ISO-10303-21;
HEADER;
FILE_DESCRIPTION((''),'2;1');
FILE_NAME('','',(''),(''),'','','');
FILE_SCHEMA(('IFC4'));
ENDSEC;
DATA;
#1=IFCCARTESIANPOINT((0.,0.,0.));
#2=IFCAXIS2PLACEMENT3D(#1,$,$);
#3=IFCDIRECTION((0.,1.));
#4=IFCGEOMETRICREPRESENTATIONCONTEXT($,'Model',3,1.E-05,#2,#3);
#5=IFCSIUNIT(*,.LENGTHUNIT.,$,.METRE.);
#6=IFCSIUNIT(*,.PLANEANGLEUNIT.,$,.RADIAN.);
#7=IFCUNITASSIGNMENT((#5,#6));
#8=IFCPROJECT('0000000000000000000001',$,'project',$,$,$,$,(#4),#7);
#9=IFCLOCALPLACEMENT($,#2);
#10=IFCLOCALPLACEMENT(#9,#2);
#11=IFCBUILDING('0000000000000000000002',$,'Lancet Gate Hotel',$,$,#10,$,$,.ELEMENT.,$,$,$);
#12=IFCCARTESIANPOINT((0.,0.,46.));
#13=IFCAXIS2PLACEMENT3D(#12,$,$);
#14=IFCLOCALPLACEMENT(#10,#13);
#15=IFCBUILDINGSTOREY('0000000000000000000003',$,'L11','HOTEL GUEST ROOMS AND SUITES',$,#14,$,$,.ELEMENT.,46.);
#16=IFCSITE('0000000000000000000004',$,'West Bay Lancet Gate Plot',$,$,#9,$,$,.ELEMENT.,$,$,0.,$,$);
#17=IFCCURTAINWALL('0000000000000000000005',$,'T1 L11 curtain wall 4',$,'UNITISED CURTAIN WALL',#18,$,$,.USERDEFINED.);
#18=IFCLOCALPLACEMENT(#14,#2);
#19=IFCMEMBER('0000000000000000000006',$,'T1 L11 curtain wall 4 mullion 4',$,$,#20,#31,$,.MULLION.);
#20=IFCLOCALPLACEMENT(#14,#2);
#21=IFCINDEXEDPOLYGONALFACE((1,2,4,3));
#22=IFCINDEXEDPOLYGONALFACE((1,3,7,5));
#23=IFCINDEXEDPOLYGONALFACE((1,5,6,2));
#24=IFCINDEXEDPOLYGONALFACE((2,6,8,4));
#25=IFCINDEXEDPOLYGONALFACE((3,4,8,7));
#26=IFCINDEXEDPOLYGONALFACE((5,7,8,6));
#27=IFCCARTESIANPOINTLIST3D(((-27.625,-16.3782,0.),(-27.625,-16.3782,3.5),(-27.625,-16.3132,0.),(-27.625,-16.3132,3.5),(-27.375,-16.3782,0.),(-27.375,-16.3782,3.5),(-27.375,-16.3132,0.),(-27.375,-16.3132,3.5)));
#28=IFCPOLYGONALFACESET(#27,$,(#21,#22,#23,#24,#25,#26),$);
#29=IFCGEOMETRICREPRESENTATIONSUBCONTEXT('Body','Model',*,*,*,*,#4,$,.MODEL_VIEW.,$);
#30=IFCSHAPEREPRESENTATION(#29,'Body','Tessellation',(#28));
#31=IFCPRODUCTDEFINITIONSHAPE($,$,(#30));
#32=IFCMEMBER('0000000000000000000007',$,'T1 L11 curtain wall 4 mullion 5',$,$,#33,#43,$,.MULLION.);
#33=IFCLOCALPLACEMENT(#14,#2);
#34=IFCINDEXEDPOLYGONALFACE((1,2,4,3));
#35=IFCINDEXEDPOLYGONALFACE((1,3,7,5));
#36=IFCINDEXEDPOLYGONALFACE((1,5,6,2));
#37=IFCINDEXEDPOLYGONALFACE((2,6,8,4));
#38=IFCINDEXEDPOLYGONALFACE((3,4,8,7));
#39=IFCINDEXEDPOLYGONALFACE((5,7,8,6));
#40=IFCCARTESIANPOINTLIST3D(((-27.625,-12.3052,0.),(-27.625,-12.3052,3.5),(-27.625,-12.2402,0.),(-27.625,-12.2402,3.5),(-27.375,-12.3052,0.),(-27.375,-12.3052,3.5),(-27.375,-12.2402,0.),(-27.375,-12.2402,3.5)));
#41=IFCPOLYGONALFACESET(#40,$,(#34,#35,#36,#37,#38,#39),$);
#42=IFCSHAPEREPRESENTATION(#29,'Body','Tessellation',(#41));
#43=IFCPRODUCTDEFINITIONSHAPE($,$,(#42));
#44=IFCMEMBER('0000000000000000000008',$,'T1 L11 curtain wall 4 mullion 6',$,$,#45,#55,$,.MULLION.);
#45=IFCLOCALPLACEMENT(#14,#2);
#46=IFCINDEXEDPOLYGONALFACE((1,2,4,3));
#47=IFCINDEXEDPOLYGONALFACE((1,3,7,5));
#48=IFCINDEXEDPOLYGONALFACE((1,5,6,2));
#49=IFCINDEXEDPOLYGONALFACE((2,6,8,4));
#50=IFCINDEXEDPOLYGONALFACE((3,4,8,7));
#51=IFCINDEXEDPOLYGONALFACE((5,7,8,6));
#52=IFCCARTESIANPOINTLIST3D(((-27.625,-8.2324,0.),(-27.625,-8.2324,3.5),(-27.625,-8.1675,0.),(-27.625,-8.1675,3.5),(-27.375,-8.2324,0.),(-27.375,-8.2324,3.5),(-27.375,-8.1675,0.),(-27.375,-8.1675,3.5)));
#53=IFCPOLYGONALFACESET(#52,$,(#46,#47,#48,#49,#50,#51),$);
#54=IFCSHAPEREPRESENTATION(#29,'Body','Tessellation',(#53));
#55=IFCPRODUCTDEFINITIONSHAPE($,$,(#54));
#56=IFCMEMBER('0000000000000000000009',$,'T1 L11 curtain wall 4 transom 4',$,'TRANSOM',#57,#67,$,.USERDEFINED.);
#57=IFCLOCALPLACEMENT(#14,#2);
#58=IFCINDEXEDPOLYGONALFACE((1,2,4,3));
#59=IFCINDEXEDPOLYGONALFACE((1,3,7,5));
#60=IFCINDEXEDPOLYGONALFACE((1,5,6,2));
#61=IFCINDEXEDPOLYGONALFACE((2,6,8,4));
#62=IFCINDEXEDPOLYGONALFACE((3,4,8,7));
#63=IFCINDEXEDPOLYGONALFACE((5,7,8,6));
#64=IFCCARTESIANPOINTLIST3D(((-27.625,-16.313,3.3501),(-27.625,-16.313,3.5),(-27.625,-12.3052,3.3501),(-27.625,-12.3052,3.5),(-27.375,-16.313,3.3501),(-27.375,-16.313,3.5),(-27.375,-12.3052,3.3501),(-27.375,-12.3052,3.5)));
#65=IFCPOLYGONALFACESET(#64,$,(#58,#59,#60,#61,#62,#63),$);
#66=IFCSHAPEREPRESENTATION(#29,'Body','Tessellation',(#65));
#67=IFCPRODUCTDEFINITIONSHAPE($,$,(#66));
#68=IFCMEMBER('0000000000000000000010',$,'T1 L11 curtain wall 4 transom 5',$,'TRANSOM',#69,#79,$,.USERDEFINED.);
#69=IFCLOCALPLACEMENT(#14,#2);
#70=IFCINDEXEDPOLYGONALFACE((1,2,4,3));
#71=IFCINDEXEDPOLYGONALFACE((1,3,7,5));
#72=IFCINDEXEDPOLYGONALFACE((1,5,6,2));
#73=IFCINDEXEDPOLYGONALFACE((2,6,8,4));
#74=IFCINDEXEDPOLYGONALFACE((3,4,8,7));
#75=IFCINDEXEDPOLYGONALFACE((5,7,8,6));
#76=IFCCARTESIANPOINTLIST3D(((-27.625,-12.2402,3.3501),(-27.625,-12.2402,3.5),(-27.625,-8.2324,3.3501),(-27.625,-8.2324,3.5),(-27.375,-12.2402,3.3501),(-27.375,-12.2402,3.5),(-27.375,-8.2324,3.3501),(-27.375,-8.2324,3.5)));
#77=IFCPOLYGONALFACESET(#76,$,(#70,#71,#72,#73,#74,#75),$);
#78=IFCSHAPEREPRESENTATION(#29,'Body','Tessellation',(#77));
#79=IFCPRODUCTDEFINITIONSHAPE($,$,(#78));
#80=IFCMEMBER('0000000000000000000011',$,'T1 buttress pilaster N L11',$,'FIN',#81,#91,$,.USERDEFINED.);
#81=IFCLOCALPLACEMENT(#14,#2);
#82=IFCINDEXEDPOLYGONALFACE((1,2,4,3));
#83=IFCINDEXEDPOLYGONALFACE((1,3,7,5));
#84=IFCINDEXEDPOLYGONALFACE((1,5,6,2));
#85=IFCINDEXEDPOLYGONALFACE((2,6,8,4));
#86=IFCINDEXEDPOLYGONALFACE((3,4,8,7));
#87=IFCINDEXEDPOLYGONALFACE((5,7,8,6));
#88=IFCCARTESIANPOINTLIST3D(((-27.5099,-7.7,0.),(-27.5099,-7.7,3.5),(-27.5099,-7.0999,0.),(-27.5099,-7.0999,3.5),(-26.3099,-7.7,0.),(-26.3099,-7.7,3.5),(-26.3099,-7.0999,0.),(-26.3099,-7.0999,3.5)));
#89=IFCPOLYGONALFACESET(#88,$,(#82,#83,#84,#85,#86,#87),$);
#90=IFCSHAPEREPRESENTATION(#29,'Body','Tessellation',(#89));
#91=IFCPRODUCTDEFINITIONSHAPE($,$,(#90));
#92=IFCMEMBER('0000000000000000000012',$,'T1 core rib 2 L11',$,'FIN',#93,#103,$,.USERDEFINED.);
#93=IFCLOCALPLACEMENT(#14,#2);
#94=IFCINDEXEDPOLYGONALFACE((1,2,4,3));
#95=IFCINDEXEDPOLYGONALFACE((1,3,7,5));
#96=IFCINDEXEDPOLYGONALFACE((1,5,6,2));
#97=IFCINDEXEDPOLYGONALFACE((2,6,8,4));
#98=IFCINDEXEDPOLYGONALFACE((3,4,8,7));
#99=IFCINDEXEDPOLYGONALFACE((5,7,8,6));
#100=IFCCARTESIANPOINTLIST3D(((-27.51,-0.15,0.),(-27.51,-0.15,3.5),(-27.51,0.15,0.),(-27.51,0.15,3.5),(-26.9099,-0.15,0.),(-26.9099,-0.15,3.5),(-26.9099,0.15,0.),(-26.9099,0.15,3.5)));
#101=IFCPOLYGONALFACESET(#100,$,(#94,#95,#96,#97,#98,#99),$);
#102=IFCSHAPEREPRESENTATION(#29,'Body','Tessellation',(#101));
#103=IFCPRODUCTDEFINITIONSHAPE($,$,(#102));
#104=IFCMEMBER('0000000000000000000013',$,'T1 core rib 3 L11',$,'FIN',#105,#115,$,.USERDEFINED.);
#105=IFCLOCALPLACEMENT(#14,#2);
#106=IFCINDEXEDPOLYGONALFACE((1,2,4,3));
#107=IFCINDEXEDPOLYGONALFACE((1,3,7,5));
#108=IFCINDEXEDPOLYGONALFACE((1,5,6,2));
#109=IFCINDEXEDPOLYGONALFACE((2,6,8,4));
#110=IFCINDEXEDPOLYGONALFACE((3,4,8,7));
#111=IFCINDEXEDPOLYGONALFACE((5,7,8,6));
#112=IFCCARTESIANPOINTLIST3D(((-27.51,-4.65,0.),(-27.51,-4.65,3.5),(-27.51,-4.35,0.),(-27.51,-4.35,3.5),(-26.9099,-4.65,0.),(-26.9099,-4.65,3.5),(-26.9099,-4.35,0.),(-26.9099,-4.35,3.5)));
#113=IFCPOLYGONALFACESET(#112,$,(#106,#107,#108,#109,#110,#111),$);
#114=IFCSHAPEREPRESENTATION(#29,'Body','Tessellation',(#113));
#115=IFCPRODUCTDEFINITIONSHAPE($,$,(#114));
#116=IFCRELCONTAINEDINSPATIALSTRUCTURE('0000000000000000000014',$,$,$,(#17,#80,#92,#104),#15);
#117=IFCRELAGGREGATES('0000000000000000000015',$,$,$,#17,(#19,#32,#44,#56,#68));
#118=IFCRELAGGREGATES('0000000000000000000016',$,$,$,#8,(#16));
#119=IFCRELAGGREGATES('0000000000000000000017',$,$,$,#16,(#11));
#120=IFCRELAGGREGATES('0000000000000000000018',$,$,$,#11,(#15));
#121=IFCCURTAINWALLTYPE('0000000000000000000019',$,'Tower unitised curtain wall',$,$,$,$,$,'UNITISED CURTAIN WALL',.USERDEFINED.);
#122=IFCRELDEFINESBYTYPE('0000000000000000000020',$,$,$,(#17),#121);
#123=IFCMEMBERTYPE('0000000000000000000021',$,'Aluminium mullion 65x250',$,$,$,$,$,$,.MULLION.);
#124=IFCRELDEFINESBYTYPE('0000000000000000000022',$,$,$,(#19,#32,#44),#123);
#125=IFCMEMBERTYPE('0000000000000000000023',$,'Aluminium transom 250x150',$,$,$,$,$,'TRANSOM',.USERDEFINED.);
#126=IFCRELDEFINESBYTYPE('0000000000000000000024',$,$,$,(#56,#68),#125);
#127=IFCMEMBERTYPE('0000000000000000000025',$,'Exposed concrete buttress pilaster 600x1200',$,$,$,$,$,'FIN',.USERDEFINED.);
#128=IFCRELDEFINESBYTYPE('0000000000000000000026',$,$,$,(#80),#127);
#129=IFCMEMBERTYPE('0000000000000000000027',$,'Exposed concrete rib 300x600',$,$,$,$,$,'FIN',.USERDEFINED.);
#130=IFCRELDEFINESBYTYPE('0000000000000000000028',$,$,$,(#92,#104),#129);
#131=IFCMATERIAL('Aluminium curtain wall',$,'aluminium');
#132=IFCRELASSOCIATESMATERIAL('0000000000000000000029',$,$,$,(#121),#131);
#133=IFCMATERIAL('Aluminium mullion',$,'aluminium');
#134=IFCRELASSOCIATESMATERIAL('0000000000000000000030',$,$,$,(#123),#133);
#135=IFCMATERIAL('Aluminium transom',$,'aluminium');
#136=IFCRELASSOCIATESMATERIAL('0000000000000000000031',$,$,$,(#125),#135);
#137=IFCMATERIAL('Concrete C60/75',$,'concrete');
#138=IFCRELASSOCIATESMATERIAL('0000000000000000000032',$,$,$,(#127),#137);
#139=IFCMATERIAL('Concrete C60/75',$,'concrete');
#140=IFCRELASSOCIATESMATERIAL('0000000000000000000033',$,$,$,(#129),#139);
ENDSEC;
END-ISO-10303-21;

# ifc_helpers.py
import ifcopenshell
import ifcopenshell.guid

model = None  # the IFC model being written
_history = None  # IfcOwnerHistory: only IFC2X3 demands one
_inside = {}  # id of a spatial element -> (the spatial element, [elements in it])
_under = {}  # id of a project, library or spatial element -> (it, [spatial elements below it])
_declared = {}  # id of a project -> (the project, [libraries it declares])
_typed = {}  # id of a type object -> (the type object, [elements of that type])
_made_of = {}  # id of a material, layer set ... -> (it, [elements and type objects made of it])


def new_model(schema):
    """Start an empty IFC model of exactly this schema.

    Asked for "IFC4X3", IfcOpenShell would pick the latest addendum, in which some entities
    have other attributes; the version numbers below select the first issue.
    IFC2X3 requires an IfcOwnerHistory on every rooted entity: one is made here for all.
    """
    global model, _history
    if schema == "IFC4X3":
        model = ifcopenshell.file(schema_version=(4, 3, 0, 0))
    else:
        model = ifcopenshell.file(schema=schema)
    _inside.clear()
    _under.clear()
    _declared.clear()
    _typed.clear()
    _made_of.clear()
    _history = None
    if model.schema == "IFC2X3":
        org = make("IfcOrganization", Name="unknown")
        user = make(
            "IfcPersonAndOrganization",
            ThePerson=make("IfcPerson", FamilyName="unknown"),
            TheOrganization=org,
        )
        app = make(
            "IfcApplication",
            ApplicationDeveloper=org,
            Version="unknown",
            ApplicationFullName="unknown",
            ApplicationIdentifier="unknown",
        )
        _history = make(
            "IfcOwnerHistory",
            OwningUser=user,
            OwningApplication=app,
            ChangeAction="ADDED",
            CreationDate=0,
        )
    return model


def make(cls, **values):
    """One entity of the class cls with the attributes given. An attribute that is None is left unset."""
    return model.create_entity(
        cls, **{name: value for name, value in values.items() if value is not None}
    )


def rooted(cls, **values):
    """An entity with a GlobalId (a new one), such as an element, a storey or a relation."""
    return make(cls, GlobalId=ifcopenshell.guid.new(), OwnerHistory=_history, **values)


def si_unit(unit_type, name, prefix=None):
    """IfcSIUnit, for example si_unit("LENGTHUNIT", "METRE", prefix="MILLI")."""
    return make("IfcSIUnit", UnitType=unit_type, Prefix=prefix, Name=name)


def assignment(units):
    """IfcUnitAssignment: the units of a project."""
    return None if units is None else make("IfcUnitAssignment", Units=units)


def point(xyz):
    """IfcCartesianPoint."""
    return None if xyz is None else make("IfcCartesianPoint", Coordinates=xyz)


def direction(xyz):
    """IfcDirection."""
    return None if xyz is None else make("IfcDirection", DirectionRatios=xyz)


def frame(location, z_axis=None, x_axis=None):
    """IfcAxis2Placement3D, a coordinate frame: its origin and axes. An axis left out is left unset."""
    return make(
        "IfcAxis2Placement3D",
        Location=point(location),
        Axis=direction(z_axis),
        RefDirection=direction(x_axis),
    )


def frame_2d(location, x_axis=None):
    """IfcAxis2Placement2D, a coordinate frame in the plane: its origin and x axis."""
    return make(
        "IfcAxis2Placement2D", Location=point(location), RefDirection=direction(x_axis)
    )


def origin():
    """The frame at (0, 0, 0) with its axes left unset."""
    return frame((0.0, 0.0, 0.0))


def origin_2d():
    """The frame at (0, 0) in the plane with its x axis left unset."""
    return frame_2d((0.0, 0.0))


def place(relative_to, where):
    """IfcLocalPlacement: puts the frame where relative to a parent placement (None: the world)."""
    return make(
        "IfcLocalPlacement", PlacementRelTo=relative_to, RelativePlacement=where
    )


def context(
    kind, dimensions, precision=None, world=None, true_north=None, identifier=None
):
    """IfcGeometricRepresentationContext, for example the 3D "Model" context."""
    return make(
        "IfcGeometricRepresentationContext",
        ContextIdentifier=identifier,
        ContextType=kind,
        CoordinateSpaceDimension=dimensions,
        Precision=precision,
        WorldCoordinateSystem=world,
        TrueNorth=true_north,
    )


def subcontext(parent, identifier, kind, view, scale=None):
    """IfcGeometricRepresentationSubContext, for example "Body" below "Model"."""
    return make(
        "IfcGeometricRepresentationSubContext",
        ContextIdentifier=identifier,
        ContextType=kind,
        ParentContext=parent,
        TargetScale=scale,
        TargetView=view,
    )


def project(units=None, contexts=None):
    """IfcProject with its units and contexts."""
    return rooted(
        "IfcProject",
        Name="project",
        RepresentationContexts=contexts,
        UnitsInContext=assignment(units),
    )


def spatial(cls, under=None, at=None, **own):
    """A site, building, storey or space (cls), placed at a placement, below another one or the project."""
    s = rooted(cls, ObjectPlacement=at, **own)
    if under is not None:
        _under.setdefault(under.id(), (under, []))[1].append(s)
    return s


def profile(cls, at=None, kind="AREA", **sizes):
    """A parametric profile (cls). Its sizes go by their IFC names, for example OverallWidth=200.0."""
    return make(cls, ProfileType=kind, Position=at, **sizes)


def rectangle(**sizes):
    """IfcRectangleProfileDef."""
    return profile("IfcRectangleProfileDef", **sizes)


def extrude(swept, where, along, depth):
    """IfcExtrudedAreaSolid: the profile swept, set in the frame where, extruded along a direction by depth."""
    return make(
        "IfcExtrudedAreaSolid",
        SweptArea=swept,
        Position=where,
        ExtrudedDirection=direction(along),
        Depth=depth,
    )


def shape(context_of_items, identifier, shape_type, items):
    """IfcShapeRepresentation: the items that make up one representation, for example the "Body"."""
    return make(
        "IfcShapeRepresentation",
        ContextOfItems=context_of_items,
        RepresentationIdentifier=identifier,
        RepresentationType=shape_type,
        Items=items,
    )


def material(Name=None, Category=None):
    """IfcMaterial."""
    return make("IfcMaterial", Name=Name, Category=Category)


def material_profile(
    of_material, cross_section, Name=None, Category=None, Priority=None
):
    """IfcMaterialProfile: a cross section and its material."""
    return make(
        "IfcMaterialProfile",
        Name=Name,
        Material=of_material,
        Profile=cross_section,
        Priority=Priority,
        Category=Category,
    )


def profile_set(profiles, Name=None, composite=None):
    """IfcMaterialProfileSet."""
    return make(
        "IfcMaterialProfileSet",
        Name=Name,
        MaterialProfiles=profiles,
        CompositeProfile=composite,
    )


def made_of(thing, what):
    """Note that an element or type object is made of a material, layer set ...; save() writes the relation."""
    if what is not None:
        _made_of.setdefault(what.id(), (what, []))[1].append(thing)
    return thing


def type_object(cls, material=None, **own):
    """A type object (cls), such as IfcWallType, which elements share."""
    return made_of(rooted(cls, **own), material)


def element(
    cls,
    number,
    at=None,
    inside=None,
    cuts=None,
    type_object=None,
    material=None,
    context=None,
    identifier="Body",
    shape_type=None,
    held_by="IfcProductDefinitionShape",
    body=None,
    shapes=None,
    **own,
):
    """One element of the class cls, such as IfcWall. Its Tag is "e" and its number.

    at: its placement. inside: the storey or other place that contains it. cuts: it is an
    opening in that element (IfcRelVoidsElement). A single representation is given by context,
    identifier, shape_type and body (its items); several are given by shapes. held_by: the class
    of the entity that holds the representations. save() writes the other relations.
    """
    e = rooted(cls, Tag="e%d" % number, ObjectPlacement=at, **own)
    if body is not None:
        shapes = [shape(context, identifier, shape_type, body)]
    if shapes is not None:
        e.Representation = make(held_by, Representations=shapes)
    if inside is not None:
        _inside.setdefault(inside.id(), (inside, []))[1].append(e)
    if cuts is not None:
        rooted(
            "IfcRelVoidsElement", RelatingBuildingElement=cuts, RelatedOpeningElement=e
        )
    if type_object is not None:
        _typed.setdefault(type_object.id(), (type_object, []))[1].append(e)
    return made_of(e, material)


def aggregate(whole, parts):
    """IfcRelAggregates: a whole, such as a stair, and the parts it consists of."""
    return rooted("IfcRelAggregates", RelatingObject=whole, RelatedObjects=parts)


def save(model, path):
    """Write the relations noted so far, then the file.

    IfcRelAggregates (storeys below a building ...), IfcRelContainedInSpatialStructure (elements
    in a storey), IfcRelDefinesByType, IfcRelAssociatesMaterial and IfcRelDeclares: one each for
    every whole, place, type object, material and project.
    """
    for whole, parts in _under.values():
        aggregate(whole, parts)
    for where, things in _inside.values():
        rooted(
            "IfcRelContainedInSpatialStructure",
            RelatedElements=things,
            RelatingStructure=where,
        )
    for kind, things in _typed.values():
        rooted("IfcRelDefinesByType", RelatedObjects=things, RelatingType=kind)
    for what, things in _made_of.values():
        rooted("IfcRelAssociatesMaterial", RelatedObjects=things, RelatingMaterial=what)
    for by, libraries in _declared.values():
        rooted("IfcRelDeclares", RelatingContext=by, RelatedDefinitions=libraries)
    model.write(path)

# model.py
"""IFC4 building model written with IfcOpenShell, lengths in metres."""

from ifc_helpers import new_model, si_unit, direction, frame, origin, origin_2d, place, context, subcontext, project, spatial, rectangle, extrude, material, material_profile, profile_set, type_object, element, aggregate, save


model = new_model("IFC4")

# Units and contexts
model_context = context("Model", 3, precision=1e-05, world=origin(), true_north=direction((0.0, 1.0)))
body_context = subcontext(model_context, "Body", "Model", "MODEL_VIEW")
ifc_project = project(units=[si_unit("LENGTHUNIT", "METRE"), si_unit("PLANEANGLEUNIT", "RADIAN")], contexts=[model_context])

# Site, building, storey
site_placement = place(None, origin())
site = spatial("IfcSite", under=ifc_project, at=site_placement, Name="West Bay Lancet Gate Plot", CompositionType="ELEMENT", RefElevation=0.0)
building_placement = place(site_placement, origin())
building = spatial("IfcBuilding", under=site, at=building_placement, Name="Lancet Gate Hotel", CompositionType="ELEMENT")
storey_placement = place(building_placement, frame((0.0, 0.0, 46.0)))
storey = spatial("IfcBuildingStorey", under=building, at=storey_placement, Name="L11", Description="HOTEL GUEST ROOMS AND SUITES", CompositionType="ELEMENT", Elevation=46.0)

# Curtain wall, members
ifc_material_1 = material(Name="Aluminium curtain wall", Category="aluminium")
curtain_wall_type = type_object("IfcCurtainWallType", Name="Tower unitised curtain wall", ElementType="UNITISED CURTAIN WALL", PredefinedType="USERDEFINED", material=ifc_material_1)
curtain_wall_placement = place(storey_placement, origin())
curtain_wall = element("IfcCurtainWall", 1, at=curtain_wall_placement, inside=storey, type_object=curtain_wall_type, Name="T1 L11 curtain wall 4", ObjectType="UNITISED CURTAIN WALL", PredefinedType="USERDEFINED")
ifc_material_2 = material(Name="Aluminium mullion", Category="aluminium")
ifc_material_profile_1 = material_profile(ifc_material_2, rectangle(XDim=0.0649, YDim=0.25, at=origin_2d()), Name="MULLION 65x250")
ifc_profile_set_1 = profile_set([ifc_material_profile_1], Name="Aluminium mullion")
member_type_1 = type_object("IfcMemberType", Name="Aluminium mullion 65x250", PredefinedType="MULLION", material=ifc_profile_set_1)
member_1_placement = place(storey_placement, frame((-27.5, -16.3457, 0.0), z_axis=(0.0, 0.0, 1.0), x_axis=(0.0, 1.0, 0.0)))
member_1 = element("IfcMember", 2, at=member_1_placement, type_object=member_type_1, Name="T1 L11 curtain wall 4 mullion 4", PredefinedType="MULLION", context=body_context, shape_type="SweptSolid", body=[
    extrude(rectangle(XDim=0.0649, YDim=0.25, at=origin_2d()), origin(), (0.0, 0.0, 1.0), 3.5),
])
member_2_placement = place(storey_placement, frame((-27.5, -12.2727, 0.0), z_axis=(0.0, 0.0, 1.0), x_axis=(0.0, 1.0, 0.0)))
member_2 = element("IfcMember", 3, at=member_2_placement, type_object=member_type_1, Name="T1 L11 curtain wall 4 mullion 5", PredefinedType="MULLION", context=body_context, shape_type="SweptSolid", body=[
    extrude(rectangle(XDim=0.0649, YDim=0.25, at=origin_2d()), origin(), (0.0, 0.0, 1.0), 3.5),
])
member_3_placement = place(storey_placement, frame((-27.5, -8.2, 0.0), z_axis=(0.0, 0.0, 1.0), x_axis=(0.0, 1.0, 0.0)))
member_3 = element("IfcMember", 4, at=member_3_placement, type_object=member_type_1, Name="T1 L11 curtain wall 4 mullion 6", PredefinedType="MULLION", context=body_context, shape_type="SweptSolid", body=[
    extrude(rectangle(XDim=0.0649, YDim=0.25, at=origin_2d()), origin(), (0.0, 0.0, 1.0), 3.5),
])
ifc_material_3 = material(Name="Aluminium transom", Category="aluminium")
ifc_material_profile_2 = material_profile(ifc_material_3, rectangle(XDim=0.25, YDim=0.1499, at=origin_2d()), Name="TRANSOM 250x150")
ifc_profile_set_2 = profile_set([ifc_material_profile_2], Name="Aluminium transom")
member_type_2 = type_object("IfcMemberType", Name="Aluminium transom 250x150", ElementType="TRANSOM", PredefinedType="USERDEFINED", material=ifc_profile_set_2)
member_4_placement = place(storey_placement, frame((-27.5, -16.313, 3.425), z_axis=(0.0, 1.0, 0.0), x_axis=(-1.0, 0.0, 0.0)))
member_4 = element("IfcMember", 5, at=member_4_placement, type_object=member_type_2, Name="T1 L11 curtain wall 4 transom 4", ObjectType="TRANSOM", PredefinedType="USERDEFINED", context=body_context, shape_type="SweptSolid", body=[
    extrude(rectangle(XDim=0.25, YDim=0.1499, at=origin_2d()), origin(), (0.0, 0.0, 1.0), 4.0078),
])
member_5_placement = place(storey_placement, frame((-27.5, -12.2402, 3.425), z_axis=(0.0, 1.0, 0.0), x_axis=(-1.0, 0.0, 0.0)))
member_5 = element("IfcMember", 6, at=member_5_placement, type_object=member_type_2, Name="T1 L11 curtain wall 4 transom 5", ObjectType="TRANSOM", PredefinedType="USERDEFINED", context=body_context, shape_type="SweptSolid", body=[
    extrude(rectangle(XDim=0.25, YDim=0.1499, at=origin_2d()), origin(), (0.0, 0.0, 1.0), 4.0078),
])

# Members
ifc_material_4 = material(Name="Concrete C60/75", Category="concrete")
ifc_material_profile_3 = material_profile(ifc_material_4, rectangle(XDim=0.6001, YDim=1.2, at=origin_2d()), Name="FIN 600x1200")
ifc_profile_set_3 = profile_set([ifc_material_profile_3], Name="Concrete C60/75")
member_type_3 = type_object("IfcMemberType", Name="Exposed concrete buttress pilaster 600x1200", ElementType="FIN", PredefinedType="USERDEFINED", material=ifc_profile_set_3)
member_6_placement = place(storey_placement, frame((-26.9099, -7.3999, 0.0), z_axis=(0.0, 0.0, 1.0), x_axis=(0.0, 1.0, 0.0)))
element("IfcMember", 7, at=member_6_placement, inside=storey, type_object=member_type_3, Name="T1 buttress pilaster N L11", ObjectType="FIN", PredefinedType="USERDEFINED", context=body_context, shape_type="SweptSolid", body=[
    extrude(rectangle(XDim=0.6001, YDim=1.2, at=origin_2d()), origin(), (0.0, 0.0, 1.0), 3.5),
])
ifc_material_5 = material(Name="Concrete C60/75", Category="concrete")
ifc_material_profile_4 = material_profile(ifc_material_5, rectangle(XDim=0.3, YDim=0.6001, at=origin_2d()), Name="FIN 300x600")
ifc_profile_set_4 = profile_set([ifc_material_profile_4], Name="Concrete C60/75")
member_type_4 = type_object("IfcMemberType", Name="Exposed concrete rib 300x600", ElementType="FIN", PredefinedType="USERDEFINED", material=ifc_profile_set_4)
for number, where, z_axis, x_axis, name in (
    (8, (-27.21, 0.0, 0.0), (0.0, 0.0, 1.0), (0.0, 1.0, 0.0), "T1 core rib 2 L11"),
    (9, (-27.21, -4.5, 0.0), (0.0, 0.0, 1.0), (0.0, 1.0, 0.0), "T1 core rib 3 L11"),
):
    element("IfcMember", number, at=place(storey_placement, frame(where, z_axis=z_axis, x_axis=x_axis)), inside=storey, type_object=member_type_4, Name=name, ObjectType="FIN", PredefinedType="USERDEFINED", context=body_context, shape_type="SweptSolid", body=[
        extrude(rectangle(XDim=0.3, YDim=0.6001, at=origin_2d()), origin(), (0.0, 0.0, 1.0), 3.5),
    ])

aggregate(curtain_wall, [member_1, member_2, member_3, member_4, member_5])

save(model, "model.ifc")
